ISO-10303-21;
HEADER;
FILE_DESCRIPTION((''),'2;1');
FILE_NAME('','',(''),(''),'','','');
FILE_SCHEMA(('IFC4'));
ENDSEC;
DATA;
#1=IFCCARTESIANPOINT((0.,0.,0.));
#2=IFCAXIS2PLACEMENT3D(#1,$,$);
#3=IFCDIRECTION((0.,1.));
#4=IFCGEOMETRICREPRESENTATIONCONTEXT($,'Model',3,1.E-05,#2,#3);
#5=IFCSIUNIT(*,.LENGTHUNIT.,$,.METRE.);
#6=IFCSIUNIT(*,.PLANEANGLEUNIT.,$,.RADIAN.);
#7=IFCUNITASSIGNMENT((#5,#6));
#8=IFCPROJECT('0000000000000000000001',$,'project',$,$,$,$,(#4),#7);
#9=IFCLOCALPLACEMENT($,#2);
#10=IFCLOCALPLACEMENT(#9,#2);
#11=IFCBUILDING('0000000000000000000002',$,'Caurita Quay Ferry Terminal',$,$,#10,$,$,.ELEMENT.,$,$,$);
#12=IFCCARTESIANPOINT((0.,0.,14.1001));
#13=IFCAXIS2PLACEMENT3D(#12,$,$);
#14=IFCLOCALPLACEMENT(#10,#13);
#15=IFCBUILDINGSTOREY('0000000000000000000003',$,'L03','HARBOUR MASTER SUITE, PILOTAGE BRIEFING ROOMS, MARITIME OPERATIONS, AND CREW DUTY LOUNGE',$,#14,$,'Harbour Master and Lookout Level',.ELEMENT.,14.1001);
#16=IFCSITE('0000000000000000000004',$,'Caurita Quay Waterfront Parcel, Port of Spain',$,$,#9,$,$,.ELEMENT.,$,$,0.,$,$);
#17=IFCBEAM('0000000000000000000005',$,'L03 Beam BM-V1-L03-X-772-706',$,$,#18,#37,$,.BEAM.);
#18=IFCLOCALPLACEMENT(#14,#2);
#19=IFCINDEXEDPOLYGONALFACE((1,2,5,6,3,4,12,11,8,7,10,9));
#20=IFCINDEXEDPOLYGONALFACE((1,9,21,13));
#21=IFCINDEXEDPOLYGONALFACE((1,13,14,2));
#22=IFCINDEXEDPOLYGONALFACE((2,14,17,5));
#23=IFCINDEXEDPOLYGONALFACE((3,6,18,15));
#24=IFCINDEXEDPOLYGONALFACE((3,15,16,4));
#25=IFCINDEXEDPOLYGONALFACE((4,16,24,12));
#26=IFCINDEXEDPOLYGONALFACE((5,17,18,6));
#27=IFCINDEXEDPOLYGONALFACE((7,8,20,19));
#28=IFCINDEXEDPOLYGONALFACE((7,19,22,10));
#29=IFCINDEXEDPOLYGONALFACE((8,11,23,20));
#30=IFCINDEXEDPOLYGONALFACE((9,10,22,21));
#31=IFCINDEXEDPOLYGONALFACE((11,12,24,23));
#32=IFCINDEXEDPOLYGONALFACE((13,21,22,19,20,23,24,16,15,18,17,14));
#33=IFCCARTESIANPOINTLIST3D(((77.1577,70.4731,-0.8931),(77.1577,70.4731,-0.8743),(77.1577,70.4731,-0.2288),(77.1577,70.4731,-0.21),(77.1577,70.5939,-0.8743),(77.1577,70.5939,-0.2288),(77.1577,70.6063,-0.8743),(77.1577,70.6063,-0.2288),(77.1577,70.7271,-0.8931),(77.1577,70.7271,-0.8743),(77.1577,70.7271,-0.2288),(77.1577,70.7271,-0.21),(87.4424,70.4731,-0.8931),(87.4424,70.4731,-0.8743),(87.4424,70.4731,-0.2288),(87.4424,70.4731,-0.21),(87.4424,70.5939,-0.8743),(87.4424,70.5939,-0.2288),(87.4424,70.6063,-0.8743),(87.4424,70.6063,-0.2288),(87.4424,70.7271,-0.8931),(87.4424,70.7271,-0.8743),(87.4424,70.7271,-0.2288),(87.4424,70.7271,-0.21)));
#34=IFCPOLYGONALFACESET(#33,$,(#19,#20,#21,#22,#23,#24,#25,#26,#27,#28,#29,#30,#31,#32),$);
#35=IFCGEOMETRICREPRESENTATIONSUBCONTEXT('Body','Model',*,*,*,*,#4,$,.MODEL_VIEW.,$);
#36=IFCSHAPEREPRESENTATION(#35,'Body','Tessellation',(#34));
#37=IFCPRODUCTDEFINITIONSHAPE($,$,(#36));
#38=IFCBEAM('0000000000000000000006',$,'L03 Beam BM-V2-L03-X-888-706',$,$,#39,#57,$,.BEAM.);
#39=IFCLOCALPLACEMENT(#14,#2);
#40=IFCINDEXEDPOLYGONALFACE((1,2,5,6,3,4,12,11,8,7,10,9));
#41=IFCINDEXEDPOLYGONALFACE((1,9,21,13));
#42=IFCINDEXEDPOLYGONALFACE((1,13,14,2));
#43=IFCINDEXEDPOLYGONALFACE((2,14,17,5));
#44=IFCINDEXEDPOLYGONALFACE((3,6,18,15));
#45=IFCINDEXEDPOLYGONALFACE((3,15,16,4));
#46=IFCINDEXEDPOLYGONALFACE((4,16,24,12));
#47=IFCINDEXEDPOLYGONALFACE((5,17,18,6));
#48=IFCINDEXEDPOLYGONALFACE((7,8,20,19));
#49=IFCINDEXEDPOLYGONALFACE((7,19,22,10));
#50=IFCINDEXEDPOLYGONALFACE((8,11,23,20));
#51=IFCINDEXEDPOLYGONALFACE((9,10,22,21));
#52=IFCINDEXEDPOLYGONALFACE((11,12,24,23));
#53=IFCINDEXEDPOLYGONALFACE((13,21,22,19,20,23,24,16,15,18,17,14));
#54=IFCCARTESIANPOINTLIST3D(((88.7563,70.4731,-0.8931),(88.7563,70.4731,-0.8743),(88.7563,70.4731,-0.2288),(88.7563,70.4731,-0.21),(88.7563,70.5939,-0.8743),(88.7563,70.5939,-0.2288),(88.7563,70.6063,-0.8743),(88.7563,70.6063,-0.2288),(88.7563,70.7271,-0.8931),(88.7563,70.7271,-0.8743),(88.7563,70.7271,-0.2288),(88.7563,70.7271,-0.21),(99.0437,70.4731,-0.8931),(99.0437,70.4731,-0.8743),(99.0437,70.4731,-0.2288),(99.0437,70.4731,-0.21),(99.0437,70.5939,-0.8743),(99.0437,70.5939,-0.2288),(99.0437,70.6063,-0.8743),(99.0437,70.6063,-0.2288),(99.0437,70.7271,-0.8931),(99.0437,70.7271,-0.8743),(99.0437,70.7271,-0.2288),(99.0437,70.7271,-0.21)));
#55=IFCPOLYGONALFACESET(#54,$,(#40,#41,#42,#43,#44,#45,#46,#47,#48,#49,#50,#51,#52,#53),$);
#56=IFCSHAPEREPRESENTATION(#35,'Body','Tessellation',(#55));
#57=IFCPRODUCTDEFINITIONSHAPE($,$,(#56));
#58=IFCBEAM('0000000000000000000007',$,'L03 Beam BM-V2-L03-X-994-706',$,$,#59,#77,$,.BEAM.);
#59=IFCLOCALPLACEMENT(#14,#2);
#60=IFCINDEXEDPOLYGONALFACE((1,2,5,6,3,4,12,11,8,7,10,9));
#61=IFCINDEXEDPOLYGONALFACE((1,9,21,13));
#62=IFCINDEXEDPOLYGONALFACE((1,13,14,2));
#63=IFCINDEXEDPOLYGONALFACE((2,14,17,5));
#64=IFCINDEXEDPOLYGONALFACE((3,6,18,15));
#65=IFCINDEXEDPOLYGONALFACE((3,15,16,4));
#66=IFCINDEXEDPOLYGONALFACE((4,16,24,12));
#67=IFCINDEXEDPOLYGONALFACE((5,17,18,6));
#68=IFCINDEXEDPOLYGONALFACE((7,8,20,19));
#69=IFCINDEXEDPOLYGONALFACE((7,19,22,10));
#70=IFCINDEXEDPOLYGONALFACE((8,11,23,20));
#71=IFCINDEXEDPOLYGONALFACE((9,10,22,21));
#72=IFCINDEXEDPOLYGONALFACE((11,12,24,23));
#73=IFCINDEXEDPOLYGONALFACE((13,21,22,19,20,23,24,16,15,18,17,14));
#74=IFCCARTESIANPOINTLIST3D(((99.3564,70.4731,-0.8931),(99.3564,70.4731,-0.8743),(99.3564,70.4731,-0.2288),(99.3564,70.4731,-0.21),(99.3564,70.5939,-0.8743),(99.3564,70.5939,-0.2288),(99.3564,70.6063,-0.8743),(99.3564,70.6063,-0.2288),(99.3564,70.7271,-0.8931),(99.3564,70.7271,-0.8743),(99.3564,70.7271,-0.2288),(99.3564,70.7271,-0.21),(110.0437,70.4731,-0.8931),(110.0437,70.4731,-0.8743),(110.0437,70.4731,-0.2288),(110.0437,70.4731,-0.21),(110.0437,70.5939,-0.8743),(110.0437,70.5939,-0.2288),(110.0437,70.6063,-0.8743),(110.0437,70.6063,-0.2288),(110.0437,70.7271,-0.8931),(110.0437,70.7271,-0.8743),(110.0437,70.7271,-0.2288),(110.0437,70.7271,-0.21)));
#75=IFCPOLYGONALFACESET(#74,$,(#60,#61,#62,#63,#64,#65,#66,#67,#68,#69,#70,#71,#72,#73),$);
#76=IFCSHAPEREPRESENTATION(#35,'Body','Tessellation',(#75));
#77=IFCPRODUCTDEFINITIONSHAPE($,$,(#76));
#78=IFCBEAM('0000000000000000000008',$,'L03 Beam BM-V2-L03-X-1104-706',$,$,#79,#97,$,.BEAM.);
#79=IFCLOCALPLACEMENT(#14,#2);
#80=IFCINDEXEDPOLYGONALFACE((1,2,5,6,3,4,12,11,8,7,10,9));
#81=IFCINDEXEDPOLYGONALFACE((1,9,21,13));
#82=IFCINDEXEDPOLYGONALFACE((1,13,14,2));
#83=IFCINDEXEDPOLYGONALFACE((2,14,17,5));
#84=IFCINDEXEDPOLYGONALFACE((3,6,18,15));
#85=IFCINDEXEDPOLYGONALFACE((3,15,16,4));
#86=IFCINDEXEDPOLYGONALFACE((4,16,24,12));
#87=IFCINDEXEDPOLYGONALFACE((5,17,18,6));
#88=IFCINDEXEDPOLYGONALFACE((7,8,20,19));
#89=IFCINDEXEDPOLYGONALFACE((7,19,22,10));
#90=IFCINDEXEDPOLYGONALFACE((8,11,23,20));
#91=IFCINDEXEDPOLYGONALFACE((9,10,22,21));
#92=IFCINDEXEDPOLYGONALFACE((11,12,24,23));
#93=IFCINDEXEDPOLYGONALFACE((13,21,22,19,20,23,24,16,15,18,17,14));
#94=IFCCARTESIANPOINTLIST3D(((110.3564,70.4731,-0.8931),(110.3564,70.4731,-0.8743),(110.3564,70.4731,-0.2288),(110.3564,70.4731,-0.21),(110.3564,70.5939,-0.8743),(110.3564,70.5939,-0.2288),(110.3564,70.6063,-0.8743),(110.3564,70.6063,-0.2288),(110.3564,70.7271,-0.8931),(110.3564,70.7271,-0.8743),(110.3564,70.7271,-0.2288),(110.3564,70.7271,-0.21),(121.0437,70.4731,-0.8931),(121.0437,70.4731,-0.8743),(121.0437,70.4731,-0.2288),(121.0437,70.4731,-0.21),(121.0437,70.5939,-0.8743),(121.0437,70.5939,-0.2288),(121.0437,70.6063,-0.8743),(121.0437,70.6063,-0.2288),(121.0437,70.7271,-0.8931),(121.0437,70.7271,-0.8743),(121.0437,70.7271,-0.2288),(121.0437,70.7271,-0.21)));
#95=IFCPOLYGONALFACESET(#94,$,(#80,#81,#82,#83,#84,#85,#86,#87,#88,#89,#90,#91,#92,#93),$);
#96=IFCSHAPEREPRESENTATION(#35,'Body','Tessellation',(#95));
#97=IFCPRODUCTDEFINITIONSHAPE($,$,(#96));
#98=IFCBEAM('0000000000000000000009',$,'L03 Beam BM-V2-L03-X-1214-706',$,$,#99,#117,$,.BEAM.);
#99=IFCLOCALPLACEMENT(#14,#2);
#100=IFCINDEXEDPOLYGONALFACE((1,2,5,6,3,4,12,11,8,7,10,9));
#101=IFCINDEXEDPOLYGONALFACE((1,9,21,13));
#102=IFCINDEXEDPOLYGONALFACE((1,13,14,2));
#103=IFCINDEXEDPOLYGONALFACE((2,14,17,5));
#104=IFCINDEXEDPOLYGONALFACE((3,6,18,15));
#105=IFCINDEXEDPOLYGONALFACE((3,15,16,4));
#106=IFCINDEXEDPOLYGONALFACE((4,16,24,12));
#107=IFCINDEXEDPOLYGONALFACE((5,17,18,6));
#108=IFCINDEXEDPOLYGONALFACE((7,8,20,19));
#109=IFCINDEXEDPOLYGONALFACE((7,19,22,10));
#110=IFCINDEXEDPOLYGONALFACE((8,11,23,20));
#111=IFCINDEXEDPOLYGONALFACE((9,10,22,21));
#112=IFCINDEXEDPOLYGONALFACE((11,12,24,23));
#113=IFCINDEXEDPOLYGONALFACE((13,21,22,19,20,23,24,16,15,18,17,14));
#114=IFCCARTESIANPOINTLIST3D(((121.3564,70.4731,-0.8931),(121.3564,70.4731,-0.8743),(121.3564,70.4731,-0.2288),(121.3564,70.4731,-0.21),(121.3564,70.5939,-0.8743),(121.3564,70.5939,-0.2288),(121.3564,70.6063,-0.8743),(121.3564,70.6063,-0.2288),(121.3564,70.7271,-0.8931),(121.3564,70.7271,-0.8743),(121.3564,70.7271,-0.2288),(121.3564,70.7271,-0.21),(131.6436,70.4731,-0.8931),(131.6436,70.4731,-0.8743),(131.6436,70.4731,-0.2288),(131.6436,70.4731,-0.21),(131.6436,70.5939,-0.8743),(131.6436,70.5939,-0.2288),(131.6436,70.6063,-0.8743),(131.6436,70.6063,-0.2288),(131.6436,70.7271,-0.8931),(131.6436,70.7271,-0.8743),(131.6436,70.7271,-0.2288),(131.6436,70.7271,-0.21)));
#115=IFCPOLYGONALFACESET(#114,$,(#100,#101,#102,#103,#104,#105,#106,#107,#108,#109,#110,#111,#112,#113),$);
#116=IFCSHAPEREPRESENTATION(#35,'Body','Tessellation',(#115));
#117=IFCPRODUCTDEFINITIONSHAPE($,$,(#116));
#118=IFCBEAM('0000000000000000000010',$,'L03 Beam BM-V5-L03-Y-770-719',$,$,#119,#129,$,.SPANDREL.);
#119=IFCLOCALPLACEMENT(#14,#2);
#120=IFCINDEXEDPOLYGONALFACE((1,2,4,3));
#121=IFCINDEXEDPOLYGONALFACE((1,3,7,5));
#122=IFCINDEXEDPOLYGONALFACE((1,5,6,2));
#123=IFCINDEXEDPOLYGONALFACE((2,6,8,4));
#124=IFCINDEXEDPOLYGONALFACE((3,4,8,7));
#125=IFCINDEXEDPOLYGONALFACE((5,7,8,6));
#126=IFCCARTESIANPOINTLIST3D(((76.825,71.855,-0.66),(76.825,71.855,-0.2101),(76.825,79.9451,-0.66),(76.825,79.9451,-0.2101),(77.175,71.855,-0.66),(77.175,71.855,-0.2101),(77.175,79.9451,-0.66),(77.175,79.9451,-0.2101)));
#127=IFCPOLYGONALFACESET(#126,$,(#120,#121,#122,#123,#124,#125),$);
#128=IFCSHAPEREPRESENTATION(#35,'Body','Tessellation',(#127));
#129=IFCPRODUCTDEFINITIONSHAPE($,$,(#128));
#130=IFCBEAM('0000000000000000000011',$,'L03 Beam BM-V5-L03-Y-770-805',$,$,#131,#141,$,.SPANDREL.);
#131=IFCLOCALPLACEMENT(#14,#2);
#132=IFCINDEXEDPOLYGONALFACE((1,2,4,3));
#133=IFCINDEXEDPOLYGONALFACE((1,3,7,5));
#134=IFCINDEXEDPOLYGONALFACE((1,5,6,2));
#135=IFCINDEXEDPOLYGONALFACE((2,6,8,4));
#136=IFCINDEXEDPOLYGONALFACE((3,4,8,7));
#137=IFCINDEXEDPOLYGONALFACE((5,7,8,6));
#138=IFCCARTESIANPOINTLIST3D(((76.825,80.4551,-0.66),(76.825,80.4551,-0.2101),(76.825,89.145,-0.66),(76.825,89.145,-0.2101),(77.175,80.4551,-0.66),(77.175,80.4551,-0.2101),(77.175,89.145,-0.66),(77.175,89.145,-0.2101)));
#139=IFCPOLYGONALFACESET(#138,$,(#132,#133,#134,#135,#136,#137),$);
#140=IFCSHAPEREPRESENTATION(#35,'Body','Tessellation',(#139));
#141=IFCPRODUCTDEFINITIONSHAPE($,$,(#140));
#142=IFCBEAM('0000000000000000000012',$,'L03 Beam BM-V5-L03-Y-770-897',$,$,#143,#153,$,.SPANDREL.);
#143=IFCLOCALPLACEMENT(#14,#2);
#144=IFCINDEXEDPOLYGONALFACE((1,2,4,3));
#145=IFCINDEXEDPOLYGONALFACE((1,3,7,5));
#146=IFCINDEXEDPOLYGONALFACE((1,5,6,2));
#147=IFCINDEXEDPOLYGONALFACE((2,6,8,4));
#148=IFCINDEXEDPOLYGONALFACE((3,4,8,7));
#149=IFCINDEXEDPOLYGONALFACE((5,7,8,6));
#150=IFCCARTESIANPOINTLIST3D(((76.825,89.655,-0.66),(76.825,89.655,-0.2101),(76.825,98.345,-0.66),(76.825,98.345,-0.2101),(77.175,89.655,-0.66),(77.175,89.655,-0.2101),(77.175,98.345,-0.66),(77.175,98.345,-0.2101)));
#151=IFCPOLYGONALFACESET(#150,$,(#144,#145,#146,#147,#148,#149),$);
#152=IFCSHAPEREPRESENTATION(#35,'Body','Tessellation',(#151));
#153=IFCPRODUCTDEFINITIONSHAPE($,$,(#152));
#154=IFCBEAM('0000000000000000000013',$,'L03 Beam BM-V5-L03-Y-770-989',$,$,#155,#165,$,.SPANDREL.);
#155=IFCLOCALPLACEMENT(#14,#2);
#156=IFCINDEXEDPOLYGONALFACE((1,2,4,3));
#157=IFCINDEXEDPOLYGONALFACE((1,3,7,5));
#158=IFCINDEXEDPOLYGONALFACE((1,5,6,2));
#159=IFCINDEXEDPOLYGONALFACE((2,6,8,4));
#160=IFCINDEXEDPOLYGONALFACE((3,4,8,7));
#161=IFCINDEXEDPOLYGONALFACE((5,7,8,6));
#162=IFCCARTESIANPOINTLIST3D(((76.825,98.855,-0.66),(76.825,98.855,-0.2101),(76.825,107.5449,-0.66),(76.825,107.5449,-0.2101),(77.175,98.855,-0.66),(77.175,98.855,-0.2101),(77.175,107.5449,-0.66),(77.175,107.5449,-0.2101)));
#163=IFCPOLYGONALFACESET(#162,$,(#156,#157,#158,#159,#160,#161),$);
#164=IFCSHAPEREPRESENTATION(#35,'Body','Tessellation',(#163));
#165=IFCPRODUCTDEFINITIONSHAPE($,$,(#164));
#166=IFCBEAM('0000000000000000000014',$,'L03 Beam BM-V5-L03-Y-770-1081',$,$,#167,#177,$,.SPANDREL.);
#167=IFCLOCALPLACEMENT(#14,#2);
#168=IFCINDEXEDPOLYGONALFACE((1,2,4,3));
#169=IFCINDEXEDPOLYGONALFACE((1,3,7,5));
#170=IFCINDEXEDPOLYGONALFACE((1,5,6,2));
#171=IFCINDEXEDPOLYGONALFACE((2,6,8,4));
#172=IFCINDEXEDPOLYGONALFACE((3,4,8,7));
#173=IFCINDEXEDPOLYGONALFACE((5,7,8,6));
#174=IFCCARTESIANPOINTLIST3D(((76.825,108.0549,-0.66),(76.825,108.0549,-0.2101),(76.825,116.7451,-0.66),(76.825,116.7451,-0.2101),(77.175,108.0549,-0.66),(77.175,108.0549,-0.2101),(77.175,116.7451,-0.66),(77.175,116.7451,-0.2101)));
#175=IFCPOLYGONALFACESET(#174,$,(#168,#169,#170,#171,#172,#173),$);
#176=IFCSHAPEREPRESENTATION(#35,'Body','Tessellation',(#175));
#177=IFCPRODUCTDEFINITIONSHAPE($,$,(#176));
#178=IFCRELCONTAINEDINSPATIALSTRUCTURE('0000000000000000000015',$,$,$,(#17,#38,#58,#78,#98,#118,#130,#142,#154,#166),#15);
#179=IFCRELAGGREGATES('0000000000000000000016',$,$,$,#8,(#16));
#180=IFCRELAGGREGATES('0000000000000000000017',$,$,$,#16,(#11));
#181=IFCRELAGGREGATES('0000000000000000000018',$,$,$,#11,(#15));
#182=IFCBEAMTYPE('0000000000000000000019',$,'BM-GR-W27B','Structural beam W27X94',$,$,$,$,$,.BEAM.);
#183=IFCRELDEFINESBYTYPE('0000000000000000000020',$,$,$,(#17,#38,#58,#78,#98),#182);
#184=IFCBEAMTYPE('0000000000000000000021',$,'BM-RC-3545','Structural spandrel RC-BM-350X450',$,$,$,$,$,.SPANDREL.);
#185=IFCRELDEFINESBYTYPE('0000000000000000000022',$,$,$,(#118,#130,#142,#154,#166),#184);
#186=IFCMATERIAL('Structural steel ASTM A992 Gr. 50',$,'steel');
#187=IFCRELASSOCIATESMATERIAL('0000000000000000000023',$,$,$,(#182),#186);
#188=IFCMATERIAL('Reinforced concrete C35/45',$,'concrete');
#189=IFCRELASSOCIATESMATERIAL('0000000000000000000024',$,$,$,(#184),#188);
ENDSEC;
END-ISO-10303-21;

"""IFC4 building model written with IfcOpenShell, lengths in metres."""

from ifc_helpers import new_model, si_unit, direction, frame, origin, origin_2d, place, context, subcontext, project, spatial, rectangle, i_section, extrude, material, material_profile, profile_set, type_object, element, save


model = new_model("IFC4")

# Units and contexts
model_context = context("Model", 3, precision=1e-05, world=origin(), true_north=direction((0.0, 1.0)))
body_context = subcontext(model_context, "Body", "Model", "MODEL_VIEW")
ifc_project = project(units=[si_unit("LENGTHUNIT", "METRE"), si_unit("PLANEANGLEUNIT", "RADIAN")], contexts=[model_context])

# Site, building, storey
site_placement = place(None, origin())
site = spatial("IfcSite", under=ifc_project, at=site_placement, Name="Caurita Quay Waterfront Parcel, Port of Spain", CompositionType="ELEMENT", RefElevation=0.0)
building_placement = place(site_placement, origin())
building = spatial("IfcBuilding", under=site, at=building_placement, Name="Caurita Quay Ferry Terminal", CompositionType="ELEMENT")
storey_placement = place(building_placement, frame((0.0, 0.0, 14.1001)))
storey = spatial("IfcBuildingStorey", under=building, at=storey_placement, Name="L03", Description="HARBOUR MASTER SUITE, PILOTAGE BRIEFING ROOMS, MARITIME OPERATIONS, AND CREW DUTY LOUNGE", LongName="Harbour Master and Lookout Level", CompositionType="ELEMENT", Elevation=14.1001)

# Beams
ifc_material_1 = material(Name="Structural steel ASTM A992 Gr. 50", Category="steel")
ifc_material_profile_1 = material_profile(ifc_material_1, i_section(OverallWidth=0.2539, OverallDepth=0.6831, WebThickness=0.0125, FlangeThickness=0.0188, at=origin_2d()), Name="W27X94")
ifc_profile_set_1 = profile_set([ifc_material_profile_1], Name="Structural steel ASTM A992 Gr. 50")
beam_type_1 = type_object("IfcBeamType", Name="BM-GR-W27B", Description="Structural beam W27X94", PredefinedType="BEAM", material=ifc_profile_set_1)
beam_1_placement = place(storey_placement, frame((77.1577, 70.6001, -0.5515), z_axis=(1.0, 0.0, 0.0), x_axis=(0.0, 1.0, 0.0)))
element("IfcBeam", 1, at=beam_1_placement, inside=storey, type_object=beam_type_1, Name="L03 Beam BM-V1-L03-X-772-706", PredefinedType="BEAM", context=body_context, shape_type="SweptSolid", body=[
    extrude(i_section(OverallWidth=0.2539, OverallDepth=0.6831, WebThickness=0.0125, FlangeThickness=0.0188, at=origin_2d()), origin(), (0.0, 0.0, 1.0), 10.2847),
])
beam_2_placement = place(storey_placement, frame((88.7563, 70.6001, -0.5515), z_axis=(1.0, 0.0, 0.0), x_axis=(0.0, 1.0, 0.0)))
element("IfcBeam", 2, at=beam_2_placement, inside=storey, type_object=beam_type_1, Name="L03 Beam BM-V2-L03-X-888-706", PredefinedType="BEAM", context=body_context, shape_type="SweptSolid", body=[
    extrude(i_section(OverallWidth=0.2539, OverallDepth=0.6831, WebThickness=0.0125, FlangeThickness=0.0188, at=origin_2d()), origin(), (0.0, 0.0, 1.0), 10.2874),
])
for number, where, z_axis, x_axis, name in (
    (3, (99.3564, 70.6001, -0.5515), (1.0, 0.0, 0.0), (0.0, 1.0, 0.0), "L03 Beam BM-V2-L03-X-994-706"),
    (4, (110.3564, 70.6001, -0.5515), (1.0, 0.0, 0.0), (0.0, 1.0, 0.0), "L03 Beam BM-V2-L03-X-1104-706"),
):
    element("IfcBeam", number, at=place(storey_placement, frame(where, z_axis=z_axis, x_axis=x_axis)), inside=storey, type_object=beam_type_1, Name=name, PredefinedType="BEAM", context=body_context, shape_type="SweptSolid", body=[
        extrude(i_section(OverallWidth=0.2539, OverallDepth=0.6831, WebThickness=0.0125, FlangeThickness=0.0188, at=origin_2d()), origin(), (0.0, 0.0, 1.0), 10.6873),
    ])
beam_3_placement = place(storey_placement, frame((121.3564, 70.6001, -0.5515), z_axis=(1.0, 0.0, 0.0), x_axis=(0.0, 1.0, 0.0)))
element("IfcBeam", 5, at=beam_3_placement, inside=storey, type_object=beam_type_1, Name="L03 Beam BM-V2-L03-X-1214-706", PredefinedType="BEAM", context=body_context, shape_type="SweptSolid", body=[
    extrude(i_section(OverallWidth=0.2539, OverallDepth=0.6831, WebThickness=0.0125, FlangeThickness=0.0188, at=origin_2d()), origin(), (0.0, 0.0, 1.0), 10.2871),
])
ifc_material_2 = material(Name="Reinforced concrete C35/45", Category="concrete")
ifc_material_profile_2 = material_profile(ifc_material_2, rectangle(XDim=0.3501, YDim=0.45, at=origin_2d()), Name="RC-BM-350X450")
ifc_profile_set_2 = profile_set([ifc_material_profile_2], Name="Reinforced concrete C35/45")
beam_type_2 = type_object("IfcBeamType", Name="BM-RC-3545", Description="Structural spandrel RC-BM-350X450", PredefinedType="SPANDREL", material=ifc_profile_set_2)
beam_4_placement = place(storey_placement, frame((77.0, 71.855, -0.4351), z_axis=(0.0, 1.0, 0.0), x_axis=(-1.0, 0.0, 0.0)))
element("IfcBeam", 6, at=beam_4_placement, inside=storey, type_object=beam_type_2, Name="L03 Beam BM-V5-L03-Y-770-719", PredefinedType="SPANDREL", context=body_context, shape_type="SweptSolid", body=[
    extrude(rectangle(XDim=0.3501, YDim=0.45, at=origin_2d()), origin(), (0.0, 0.0, 1.0), 8.0901),
])
for number, where, z_axis, x_axis, name in (
    (7, (77.0, 80.4551, -0.4351), (0.0, 1.0, 0.0), (-1.0, 0.0, 0.0), "L03 Beam BM-V5-L03-Y-770-805"),
    (8, (77.0, 89.655, -0.4351), (0.0, 1.0, 0.0), (-1.0, 0.0, 0.0), "L03 Beam BM-V5-L03-Y-770-897"),
    (9, (77.0, 98.855, -0.4351), (0.0, 1.0, 0.0), (-1.0, 0.0, 0.0), "L03 Beam BM-V5-L03-Y-770-989"),
):
    element("IfcBeam", number, at=place(storey_placement, frame(where, z_axis=z_axis, x_axis=x_axis)), inside=storey, type_object=beam_type_2, Name=name, PredefinedType="SPANDREL", context=body_context, shape_type="SweptSolid", body=[
        extrude(rectangle(XDim=0.3501, YDim=0.45, at=origin_2d()), origin(), (0.0, 0.0, 1.0), 8.6899),
    ])
beam_5_placement = place(storey_placement, frame((77.0, 108.0549, -0.4351), z_axis=(0.0, 1.0, 0.0), x_axis=(-1.0, 0.0, 0.0)))
element("IfcBeam", 10, at=beam_5_placement, inside=storey, type_object=beam_type_2, Name="L03 Beam BM-V5-L03-Y-770-1081", PredefinedType="SPANDREL", context=body_context, shape_type="SweptSolid", body=[
    extrude(rectangle(XDim=0.3501, YDim=0.45, at=origin_2d()), origin(), (0.0, 0.0, 1.0), 8.6902),
])

save(model, "model.ifc")
